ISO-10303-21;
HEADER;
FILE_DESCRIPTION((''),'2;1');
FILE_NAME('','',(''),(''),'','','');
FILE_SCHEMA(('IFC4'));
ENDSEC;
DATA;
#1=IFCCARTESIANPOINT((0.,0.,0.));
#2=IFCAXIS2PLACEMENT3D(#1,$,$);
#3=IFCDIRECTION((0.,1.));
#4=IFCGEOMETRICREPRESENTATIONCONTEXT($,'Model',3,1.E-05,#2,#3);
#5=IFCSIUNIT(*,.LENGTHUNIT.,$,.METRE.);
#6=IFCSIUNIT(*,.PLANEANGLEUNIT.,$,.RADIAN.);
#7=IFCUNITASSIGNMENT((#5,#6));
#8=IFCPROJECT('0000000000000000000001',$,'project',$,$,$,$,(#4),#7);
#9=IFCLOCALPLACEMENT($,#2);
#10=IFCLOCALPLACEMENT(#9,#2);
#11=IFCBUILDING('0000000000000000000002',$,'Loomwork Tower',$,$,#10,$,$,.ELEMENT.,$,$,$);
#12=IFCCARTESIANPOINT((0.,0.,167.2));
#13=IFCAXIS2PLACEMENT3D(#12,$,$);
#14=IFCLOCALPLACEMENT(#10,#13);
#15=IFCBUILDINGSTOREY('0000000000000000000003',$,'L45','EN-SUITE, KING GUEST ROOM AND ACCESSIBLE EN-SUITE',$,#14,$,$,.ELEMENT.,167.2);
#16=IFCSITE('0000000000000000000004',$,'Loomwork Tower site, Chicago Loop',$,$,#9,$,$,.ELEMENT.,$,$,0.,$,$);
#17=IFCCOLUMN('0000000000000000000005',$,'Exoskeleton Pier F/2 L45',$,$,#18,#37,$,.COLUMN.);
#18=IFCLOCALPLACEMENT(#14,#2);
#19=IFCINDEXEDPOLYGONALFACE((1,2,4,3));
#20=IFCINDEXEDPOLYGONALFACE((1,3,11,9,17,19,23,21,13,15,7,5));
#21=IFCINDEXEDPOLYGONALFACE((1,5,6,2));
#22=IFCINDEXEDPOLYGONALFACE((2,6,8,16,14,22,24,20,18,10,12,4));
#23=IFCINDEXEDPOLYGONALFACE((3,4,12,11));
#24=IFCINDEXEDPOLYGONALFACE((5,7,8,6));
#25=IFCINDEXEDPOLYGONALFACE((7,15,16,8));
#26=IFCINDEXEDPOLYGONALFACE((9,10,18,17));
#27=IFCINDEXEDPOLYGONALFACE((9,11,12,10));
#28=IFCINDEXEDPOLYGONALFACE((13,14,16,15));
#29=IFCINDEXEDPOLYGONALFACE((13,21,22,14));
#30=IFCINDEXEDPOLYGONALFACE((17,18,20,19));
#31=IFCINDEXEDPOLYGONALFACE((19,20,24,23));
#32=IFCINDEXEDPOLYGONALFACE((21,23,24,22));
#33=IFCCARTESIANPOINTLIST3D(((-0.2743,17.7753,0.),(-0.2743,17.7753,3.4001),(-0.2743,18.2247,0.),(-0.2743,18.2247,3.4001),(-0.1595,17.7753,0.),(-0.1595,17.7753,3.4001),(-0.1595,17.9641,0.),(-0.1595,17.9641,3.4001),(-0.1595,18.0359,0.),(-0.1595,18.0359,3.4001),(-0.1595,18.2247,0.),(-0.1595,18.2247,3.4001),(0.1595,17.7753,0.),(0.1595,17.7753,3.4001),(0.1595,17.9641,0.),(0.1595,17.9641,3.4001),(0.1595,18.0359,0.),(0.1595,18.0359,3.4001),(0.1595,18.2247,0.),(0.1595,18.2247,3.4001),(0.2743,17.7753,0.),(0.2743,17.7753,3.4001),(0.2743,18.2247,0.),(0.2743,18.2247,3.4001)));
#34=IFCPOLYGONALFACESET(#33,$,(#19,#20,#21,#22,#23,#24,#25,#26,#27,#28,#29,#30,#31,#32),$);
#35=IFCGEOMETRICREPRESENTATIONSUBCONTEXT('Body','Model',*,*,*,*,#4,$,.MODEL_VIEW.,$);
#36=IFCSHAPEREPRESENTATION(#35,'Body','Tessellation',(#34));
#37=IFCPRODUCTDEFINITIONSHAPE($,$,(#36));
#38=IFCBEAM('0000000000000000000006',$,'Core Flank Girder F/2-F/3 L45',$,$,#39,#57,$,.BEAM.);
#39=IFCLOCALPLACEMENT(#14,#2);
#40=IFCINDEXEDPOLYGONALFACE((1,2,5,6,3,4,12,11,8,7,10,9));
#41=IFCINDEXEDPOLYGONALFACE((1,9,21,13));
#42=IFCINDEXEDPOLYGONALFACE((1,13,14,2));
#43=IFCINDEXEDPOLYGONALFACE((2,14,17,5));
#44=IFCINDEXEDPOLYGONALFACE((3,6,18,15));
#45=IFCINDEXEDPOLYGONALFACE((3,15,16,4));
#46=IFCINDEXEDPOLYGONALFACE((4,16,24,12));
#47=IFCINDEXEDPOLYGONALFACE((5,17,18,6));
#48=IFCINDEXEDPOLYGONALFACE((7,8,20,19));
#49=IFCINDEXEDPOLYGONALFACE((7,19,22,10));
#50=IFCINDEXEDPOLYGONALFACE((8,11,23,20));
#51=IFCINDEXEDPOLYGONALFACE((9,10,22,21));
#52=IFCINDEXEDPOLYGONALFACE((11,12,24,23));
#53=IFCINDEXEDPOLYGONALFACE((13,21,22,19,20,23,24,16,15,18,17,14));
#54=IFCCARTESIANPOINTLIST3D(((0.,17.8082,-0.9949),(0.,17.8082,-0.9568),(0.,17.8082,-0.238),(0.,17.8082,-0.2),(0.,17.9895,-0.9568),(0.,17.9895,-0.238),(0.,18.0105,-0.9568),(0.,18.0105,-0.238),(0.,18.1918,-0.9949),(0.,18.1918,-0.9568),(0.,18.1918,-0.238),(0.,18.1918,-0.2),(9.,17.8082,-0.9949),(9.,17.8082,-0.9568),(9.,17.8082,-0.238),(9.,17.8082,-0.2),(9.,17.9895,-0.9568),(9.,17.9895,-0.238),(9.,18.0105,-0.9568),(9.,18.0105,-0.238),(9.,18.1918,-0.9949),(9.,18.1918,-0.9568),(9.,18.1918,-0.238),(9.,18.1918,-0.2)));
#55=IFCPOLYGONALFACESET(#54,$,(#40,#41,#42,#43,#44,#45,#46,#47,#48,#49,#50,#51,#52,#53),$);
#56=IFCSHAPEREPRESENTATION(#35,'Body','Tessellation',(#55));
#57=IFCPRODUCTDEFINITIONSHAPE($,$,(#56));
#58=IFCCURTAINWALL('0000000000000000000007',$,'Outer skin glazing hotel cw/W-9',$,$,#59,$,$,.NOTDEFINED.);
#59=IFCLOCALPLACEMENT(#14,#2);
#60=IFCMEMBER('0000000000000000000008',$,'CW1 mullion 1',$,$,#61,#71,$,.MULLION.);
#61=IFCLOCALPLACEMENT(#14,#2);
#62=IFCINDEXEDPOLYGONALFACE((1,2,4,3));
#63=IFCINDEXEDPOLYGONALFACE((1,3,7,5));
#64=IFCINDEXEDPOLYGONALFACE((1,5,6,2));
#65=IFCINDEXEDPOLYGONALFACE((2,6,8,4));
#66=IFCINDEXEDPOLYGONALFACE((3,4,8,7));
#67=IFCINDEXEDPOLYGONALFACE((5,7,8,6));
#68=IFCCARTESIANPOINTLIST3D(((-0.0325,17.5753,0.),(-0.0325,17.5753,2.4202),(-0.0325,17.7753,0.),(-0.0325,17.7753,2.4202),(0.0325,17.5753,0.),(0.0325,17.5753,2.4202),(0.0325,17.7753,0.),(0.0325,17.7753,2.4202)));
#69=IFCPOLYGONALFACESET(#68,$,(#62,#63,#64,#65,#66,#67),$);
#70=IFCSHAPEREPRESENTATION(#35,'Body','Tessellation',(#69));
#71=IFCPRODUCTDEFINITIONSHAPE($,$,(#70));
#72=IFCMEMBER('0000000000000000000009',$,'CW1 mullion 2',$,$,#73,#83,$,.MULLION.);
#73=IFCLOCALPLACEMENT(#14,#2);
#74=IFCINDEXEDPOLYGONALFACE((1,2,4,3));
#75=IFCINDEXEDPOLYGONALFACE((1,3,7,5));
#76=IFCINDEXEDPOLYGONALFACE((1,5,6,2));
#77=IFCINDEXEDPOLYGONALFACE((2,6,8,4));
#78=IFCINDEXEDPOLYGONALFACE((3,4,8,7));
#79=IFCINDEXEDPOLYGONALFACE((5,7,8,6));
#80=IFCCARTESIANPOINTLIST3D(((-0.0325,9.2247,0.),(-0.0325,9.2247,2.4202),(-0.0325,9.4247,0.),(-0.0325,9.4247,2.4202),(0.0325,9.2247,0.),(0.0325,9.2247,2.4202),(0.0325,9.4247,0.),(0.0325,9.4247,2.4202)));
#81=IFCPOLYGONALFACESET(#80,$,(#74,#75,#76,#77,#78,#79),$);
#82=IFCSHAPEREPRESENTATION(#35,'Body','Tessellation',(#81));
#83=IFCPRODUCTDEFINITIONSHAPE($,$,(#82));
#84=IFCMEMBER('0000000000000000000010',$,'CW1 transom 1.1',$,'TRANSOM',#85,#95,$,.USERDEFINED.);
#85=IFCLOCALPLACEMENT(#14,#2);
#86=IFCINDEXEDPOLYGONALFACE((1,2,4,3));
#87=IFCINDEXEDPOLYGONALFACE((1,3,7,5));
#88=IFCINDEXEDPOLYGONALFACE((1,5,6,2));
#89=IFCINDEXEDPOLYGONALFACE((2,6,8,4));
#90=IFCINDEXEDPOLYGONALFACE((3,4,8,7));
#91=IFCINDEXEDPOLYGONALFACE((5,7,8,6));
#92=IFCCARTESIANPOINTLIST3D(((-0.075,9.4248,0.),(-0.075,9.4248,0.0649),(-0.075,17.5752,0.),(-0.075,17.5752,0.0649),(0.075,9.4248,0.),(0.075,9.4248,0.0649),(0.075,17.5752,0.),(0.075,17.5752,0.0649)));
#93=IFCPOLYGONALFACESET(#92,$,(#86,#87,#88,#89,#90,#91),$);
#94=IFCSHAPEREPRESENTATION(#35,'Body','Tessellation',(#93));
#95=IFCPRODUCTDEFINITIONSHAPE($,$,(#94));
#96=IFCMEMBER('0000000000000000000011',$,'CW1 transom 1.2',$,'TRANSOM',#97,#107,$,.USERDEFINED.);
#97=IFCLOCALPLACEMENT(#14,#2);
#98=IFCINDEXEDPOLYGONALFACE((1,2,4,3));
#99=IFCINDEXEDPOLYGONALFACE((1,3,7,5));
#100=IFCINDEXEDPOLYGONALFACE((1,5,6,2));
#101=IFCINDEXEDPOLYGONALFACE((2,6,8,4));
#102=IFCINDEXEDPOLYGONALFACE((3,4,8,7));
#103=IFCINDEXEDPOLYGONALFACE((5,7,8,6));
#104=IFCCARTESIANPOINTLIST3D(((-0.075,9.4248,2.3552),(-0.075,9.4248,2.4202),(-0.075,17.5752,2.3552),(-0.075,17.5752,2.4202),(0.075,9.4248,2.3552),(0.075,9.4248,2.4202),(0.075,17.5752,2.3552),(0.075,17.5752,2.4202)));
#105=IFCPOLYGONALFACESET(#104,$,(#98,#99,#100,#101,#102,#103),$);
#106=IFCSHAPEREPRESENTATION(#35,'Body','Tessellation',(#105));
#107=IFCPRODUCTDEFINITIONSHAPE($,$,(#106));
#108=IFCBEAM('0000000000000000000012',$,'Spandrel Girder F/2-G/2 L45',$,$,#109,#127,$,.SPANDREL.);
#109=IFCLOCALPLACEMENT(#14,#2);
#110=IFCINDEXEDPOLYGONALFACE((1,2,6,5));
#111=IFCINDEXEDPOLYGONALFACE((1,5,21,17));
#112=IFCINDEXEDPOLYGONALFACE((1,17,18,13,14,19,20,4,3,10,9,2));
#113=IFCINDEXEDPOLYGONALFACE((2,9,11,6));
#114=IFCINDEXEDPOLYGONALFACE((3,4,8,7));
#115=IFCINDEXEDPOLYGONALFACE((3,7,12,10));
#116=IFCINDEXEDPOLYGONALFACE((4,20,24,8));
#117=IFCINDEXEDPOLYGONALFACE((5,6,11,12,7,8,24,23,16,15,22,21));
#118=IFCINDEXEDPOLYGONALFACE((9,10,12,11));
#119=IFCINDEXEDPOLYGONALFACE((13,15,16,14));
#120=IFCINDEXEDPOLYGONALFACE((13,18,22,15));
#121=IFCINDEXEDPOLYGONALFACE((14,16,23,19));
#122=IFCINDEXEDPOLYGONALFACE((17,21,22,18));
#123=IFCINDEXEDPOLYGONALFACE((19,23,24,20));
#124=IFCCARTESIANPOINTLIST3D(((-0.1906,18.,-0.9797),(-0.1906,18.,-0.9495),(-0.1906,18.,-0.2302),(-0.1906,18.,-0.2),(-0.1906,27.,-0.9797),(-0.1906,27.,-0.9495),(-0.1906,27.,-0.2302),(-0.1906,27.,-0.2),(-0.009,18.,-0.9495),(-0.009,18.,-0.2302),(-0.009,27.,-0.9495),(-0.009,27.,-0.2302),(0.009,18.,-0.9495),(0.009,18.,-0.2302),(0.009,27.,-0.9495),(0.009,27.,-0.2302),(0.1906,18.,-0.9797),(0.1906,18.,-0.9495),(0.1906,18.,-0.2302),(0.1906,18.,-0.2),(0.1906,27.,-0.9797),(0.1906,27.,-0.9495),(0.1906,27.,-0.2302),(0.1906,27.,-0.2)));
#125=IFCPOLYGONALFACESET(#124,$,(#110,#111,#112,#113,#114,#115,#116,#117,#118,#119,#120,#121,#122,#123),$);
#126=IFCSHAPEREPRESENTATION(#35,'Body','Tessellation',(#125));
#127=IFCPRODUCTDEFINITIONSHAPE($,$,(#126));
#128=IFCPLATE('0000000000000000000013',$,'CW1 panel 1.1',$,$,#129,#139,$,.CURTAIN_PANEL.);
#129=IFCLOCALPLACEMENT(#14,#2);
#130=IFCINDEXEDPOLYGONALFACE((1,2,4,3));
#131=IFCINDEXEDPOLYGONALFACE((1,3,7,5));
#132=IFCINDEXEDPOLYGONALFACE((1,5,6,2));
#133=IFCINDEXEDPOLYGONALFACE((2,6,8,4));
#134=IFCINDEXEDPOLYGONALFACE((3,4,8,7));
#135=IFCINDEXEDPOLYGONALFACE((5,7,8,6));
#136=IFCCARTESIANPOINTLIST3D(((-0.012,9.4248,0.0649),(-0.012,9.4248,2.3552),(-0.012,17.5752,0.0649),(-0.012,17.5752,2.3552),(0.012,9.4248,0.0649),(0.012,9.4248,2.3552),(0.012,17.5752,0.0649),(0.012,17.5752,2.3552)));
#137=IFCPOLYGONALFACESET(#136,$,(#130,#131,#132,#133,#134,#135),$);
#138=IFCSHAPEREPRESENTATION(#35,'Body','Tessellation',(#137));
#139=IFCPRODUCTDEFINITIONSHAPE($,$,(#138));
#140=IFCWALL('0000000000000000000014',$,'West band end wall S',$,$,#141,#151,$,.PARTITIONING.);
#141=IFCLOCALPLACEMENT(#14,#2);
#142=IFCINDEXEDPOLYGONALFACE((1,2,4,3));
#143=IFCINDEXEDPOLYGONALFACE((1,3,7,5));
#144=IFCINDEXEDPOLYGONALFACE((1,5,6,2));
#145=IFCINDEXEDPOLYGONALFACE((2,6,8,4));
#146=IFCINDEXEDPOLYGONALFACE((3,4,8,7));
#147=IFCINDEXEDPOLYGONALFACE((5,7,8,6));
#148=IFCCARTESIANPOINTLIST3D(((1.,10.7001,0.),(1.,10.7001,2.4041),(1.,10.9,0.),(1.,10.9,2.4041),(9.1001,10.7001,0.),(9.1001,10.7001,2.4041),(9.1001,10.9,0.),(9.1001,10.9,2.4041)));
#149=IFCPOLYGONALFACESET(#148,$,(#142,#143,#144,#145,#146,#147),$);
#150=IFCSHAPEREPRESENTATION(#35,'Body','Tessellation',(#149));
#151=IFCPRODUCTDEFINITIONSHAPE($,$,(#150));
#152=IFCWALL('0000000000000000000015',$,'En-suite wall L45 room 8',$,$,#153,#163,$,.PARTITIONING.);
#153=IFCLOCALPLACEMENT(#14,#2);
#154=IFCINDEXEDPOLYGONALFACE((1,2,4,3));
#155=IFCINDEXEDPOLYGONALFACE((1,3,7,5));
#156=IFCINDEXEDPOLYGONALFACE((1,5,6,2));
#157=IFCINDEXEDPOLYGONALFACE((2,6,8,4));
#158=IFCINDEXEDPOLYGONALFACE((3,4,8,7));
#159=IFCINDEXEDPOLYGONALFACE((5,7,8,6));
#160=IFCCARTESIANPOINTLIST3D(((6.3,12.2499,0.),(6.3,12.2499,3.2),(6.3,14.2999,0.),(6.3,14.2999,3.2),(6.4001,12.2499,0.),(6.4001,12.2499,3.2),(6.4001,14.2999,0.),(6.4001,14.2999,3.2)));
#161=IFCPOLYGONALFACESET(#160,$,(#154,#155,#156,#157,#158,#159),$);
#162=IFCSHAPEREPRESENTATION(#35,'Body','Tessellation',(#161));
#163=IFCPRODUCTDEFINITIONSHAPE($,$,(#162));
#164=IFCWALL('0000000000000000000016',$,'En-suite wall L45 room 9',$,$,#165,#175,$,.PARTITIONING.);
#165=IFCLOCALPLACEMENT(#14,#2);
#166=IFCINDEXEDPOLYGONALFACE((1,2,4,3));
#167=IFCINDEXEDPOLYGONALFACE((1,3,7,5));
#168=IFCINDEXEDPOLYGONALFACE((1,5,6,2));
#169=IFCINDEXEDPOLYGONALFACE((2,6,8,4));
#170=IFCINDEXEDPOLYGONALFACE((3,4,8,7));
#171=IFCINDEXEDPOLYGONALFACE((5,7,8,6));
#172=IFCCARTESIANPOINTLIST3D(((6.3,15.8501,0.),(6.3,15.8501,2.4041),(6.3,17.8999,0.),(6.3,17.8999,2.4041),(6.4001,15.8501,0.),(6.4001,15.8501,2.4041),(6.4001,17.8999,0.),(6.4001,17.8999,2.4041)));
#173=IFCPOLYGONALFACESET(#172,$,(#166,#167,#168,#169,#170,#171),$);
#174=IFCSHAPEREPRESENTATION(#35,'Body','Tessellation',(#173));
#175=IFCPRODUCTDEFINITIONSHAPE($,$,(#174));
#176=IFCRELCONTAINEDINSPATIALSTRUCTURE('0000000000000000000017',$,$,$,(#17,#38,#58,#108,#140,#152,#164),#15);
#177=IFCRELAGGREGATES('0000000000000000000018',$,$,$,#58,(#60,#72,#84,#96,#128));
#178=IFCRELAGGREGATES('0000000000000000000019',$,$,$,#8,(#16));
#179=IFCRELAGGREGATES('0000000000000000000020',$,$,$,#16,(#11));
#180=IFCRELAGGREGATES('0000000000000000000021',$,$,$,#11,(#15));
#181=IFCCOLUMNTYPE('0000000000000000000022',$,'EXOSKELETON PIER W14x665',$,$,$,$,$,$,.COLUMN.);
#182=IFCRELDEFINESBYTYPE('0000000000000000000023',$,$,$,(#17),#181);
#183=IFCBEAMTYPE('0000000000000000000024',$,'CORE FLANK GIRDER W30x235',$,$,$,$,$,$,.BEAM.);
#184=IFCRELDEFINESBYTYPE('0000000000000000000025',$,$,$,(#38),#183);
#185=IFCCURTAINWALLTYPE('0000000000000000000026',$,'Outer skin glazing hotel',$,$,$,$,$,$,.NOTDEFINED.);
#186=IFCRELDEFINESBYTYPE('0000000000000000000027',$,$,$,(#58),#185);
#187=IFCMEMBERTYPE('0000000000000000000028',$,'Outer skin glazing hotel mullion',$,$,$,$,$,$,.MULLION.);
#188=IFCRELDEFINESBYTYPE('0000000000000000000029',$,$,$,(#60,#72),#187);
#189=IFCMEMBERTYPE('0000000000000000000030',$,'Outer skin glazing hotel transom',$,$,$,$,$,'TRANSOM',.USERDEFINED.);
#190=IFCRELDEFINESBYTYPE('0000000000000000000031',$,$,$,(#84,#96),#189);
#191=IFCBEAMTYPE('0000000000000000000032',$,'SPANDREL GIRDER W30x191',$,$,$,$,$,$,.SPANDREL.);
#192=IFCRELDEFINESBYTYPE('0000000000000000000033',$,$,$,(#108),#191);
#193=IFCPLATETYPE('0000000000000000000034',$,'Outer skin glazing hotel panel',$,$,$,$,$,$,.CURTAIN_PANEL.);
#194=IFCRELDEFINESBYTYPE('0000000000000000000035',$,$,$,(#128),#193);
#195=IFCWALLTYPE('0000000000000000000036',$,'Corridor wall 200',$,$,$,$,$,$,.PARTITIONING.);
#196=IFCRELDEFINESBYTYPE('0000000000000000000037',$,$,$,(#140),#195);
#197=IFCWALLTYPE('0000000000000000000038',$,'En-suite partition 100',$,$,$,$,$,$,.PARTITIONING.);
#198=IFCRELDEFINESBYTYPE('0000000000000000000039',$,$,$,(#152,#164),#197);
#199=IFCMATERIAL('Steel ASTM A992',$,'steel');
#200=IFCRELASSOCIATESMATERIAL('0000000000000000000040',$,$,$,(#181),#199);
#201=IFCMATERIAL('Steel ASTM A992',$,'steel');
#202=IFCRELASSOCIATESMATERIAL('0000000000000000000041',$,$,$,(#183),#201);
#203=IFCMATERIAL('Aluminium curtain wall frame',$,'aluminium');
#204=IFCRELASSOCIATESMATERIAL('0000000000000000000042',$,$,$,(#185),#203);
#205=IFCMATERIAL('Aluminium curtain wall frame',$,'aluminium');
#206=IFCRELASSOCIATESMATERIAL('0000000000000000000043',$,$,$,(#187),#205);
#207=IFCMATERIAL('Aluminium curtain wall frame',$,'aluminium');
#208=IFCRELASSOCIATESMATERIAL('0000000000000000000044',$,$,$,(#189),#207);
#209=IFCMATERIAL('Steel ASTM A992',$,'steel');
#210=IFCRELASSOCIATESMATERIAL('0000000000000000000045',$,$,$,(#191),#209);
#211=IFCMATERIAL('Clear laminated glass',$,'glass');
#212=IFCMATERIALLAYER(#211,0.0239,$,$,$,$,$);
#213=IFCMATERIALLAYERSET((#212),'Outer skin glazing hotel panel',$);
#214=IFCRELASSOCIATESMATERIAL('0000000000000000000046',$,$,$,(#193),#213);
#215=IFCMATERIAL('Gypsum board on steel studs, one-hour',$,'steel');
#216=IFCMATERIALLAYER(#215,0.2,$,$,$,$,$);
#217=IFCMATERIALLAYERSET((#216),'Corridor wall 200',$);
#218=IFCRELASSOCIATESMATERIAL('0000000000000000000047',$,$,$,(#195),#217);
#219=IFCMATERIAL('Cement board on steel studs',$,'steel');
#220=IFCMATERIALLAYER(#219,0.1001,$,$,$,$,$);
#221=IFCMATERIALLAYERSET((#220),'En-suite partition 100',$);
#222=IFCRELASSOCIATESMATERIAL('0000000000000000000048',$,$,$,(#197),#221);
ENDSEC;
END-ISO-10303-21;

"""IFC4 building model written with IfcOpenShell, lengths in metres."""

from ifc_helpers import new_model, si_unit, direction, frame, frame_2d, origin, origin_2d, place, context, subcontext, project, spatial, rectangle, i_section, extrude, material, layer, layer_set, material_profile, profile_set, type_object, element, aggregate, save


model = new_model("IFC4")

# Units and contexts
model_context = context("Model", 3, precision=1e-05, world=origin(), true_north=direction((0.0, 1.0)))
body_context = subcontext(model_context, "Body", "Model", "MODEL_VIEW")
ifc_project = project(units=[si_unit("LENGTHUNIT", "METRE"), si_unit("PLANEANGLEUNIT", "RADIAN")], contexts=[model_context])

# Site, building, storey
site_placement = place(None, origin())
site = spatial("IfcSite", under=ifc_project, at=site_placement, Name="Loomwork Tower site, Chicago Loop", CompositionType="ELEMENT", RefElevation=0.0)
building_placement = place(site_placement, origin())
building = spatial("IfcBuilding", under=site, at=building_placement, Name="Loomwork Tower", CompositionType="ELEMENT")
storey_placement = place(building_placement, frame((0.0, 0.0, 167.2)))
storey = spatial("IfcBuildingStorey", under=building, at=storey_placement, Name="L45", Description="EN-SUITE, KING GUEST ROOM AND ACCESSIBLE EN-SUITE", CompositionType="ELEMENT", Elevation=167.2)

# Column
ifc_material_1 = material(Name="Steel ASTM A992", Category="steel")
ifc_material_profile_1 = material_profile(ifc_material_1, i_section(OverallWidth=0.4495, OverallDepth=0.5486, WebThickness=0.0718, FlangeThickness=0.1147, at=origin_2d()), Name="W14x665")
ifc_profile_set_1 = profile_set([ifc_material_profile_1], Name="Steel ASTM A992")
column_type = type_object("IfcColumnType", Name="EXOSKELETON PIER W14x665", PredefinedType="COLUMN", material=ifc_profile_set_1)
column_placement = place(storey_placement, frame((0.0, 18.0, 0.0), z_axis=(0.0, 0.0, 1.0), x_axis=(0.0, 1.0, 0.0)))
element("IfcColumn", 1, at=column_placement, inside=storey, type_object=column_type, Name="Exoskeleton Pier F/2 L45", PredefinedType="COLUMN", context=body_context, shape_type="SweptSolid", body=[
    extrude(i_section(OverallWidth=0.4495, OverallDepth=0.5486, WebThickness=0.0718, FlangeThickness=0.1147, at=origin_2d()), origin(), (0.0, 0.0, 1.0), 3.4001),
])

# Beam
ifc_material_2 = material(Name="Steel ASTM A992", Category="steel")
ifc_material_profile_2 = material_profile(ifc_material_2, i_section(OverallWidth=0.3835, OverallDepth=0.7949, WebThickness=0.021, FlangeThickness=0.0381, at=origin_2d()), Name="W30x235")
ifc_profile_set_2 = profile_set([ifc_material_profile_2], Name="Steel ASTM A992")
beam_type_1 = type_object("IfcBeamType", Name="CORE FLANK GIRDER W30x235", PredefinedType="BEAM", material=ifc_profile_set_2)
beam_1_placement = place(storey_placement, frame((0.0, 18.0, -0.5974), z_axis=(1.0, 0.0, 0.0), x_axis=(0.0, 1.0, 0.0)))
element("IfcBeam", 2, at=beam_1_placement, inside=storey, type_object=beam_type_1, Name="Core Flank Girder F/2-F/3 L45", PredefinedType="BEAM", context=body_context, shape_type="SweptSolid", body=[
    extrude(i_section(OverallWidth=0.3835, OverallDepth=0.7949, WebThickness=0.021, FlangeThickness=0.0381, at=origin_2d()), origin(), (0.0, 0.0, 1.0), 9.0),
])

# Curtain wall, members
ifc_material_3 = material(Name="Aluminium curtain wall frame", Category="aluminium")
curtain_wall_type = type_object("IfcCurtainWallType", Name="Outer skin glazing hotel", PredefinedType="NOTDEFINED", material=ifc_material_3)
curtain_wall_placement = place(storey_placement, origin())
curtain_wall = element("IfcCurtainWall", 3, at=curtain_wall_placement, inside=storey, type_object=curtain_wall_type, Name="Outer skin glazing hotel cw/W-9", PredefinedType="NOTDEFINED")
ifc_material_4 = material(Name="Aluminium curtain wall frame", Category="aluminium")
ifc_material_profile_3 = material_profile(ifc_material_4, rectangle(XDim=0.0649, YDim=0.2, at=origin_2d()), Name="AL 65x200")
ifc_profile_set_3 = profile_set([ifc_material_profile_3], Name="Aluminium curtain wall frame")
member_type_1 = type_object("IfcMemberType", Name="Outer skin glazing hotel mullion", PredefinedType="MULLION", material=ifc_profile_set_3)
member_1_placement = place(storey_placement, frame((0.0, 17.6753, 0.0), z_axis=(0.0, 0.0, 1.0), x_axis=(1.0, 0.0, 0.0)))
member_1 = element("IfcMember", 4, at=member_1_placement, type_object=member_type_1, Name="CW1 mullion 1", PredefinedType="MULLION", context=body_context, shape_type="SweptSolid", body=[
    extrude(rectangle(XDim=0.0649, YDim=0.2, at=origin_2d()), origin(), (0.0, 0.0, 1.0), 2.4202),
])
member_2_placement = place(storey_placement, frame((0.0, 9.3247, 0.0), z_axis=(0.0, 0.0, 1.0), x_axis=(1.0, 0.0, 0.0)))
member_2 = element("IfcMember", 5, at=member_2_placement, type_object=member_type_1, Name="CW1 mullion 2", PredefinedType="MULLION", context=body_context, shape_type="SweptSolid", body=[
    extrude(rectangle(XDim=0.0649, YDim=0.2, at=origin_2d()), origin(), (0.0, 0.0, 1.0), 2.4202),
])
ifc_material_5 = material(Name="Aluminium curtain wall frame", Category="aluminium")
ifc_material_profile_4 = material_profile(ifc_material_5, rectangle(XDim=0.1499, YDim=0.0649, at=origin_2d()), Name="AL 65x150")
ifc_profile_set_4 = profile_set([ifc_material_profile_4], Name="Aluminium curtain wall frame")
member_type_2 = type_object("IfcMemberType", Name="Outer skin glazing hotel transom", ElementType="TRANSOM", PredefinedType="USERDEFINED", material=ifc_profile_set_4)
member_3_placement = place(storey_placement, frame((0.0, 17.5752, 0.0325), z_axis=(0.0, -1.0, 0.0), x_axis=(1.0, 0.0, 0.0)))
member_3 = element("IfcMember", 6, at=member_3_placement, type_object=member_type_2, Name="CW1 transom 1.1", ObjectType="TRANSOM", PredefinedType="USERDEFINED", context=body_context, shape_type="SweptSolid", body=[
    extrude(rectangle(XDim=0.1499, YDim=0.0649, at=origin_2d()), origin(), (0.0, 0.0, 1.0), 8.1504),
])
member_4_placement = place(storey_placement, frame((0.0, 17.5752, 2.3877), z_axis=(0.0, -1.0, 0.0), x_axis=(1.0, 0.0, 0.0)))
member_4 = element("IfcMember", 7, at=member_4_placement, type_object=member_type_2, Name="CW1 transom 1.2", ObjectType="TRANSOM", PredefinedType="USERDEFINED", context=body_context, shape_type="SweptSolid", body=[
    extrude(rectangle(XDim=0.1499, YDim=0.0649, at=origin_2d()), origin(), (0.0, 0.0, 1.0), 8.1504),
])

# Beam
ifc_material_6 = material(Name="Steel ASTM A992", Category="steel")
ifc_material_profile_5 = material_profile(ifc_material_6, i_section(OverallWidth=0.3811, OverallDepth=0.7798, WebThickness=0.0181, FlangeThickness=0.0303, at=origin_2d()), Name="W30x191")
ifc_profile_set_5 = profile_set([ifc_material_profile_5], Name="Steel ASTM A992")
beam_type_2 = type_object("IfcBeamType", Name="SPANDREL GIRDER W30x191", PredefinedType="SPANDREL", material=ifc_profile_set_5)
beam_2_placement = place(storey_placement, frame((0.0, 18.0, -0.5898), z_axis=(0.0, 1.0, 0.0), x_axis=(-1.0, 0.0, 0.0)))
element("IfcBeam", 8, at=beam_2_placement, inside=storey, type_object=beam_type_2, Name="Spandrel Girder F/2-G/2 L45", PredefinedType="SPANDREL", context=body_context, shape_type="SweptSolid", body=[
    extrude(i_section(OverallWidth=0.3811, OverallDepth=0.7798, WebThickness=0.0181, FlangeThickness=0.0303, at=origin_2d()), origin(), (0.0, 0.0, 1.0), 9.0),
])

# Plate
ifc_material_7 = material(Name="Clear laminated glass", Category="glass")
ifc_layer_1 = layer(ifc_material_7, 0.0239)
ifc_layer_set_1 = layer_set([ifc_layer_1], Name="Outer skin glazing hotel panel")
plate_type = type_object("IfcPlateType", Name="Outer skin glazing hotel panel", PredefinedType="CURTAIN_PANEL", material=ifc_layer_set_1)
plate_placement = place(storey_placement, frame((0.0, 13.5, 0.0649), z_axis=(0.0, 0.0, 1.0), x_axis=(0.0, -1.0, 0.0)))
plate = element("IfcPlate", 9, at=plate_placement, type_object=plate_type, Name="CW1 panel 1.1", PredefinedType="CURTAIN_PANEL", context=body_context, shape_type="SweptSolid", body=[
    extrude(rectangle(XDim=8.1504, YDim=0.0239, at=origin_2d()), origin(), (0.0, 0.0, 1.0), 2.2903),
])
aggregate(curtain_wall, [member_1, member_2, member_3, member_4, plate])

# Walls
ifc_material_8 = material(Name="Gypsum board on steel studs, one-hour", Category="steel")
ifc_layer_2 = layer(ifc_material_8, 0.2)
ifc_layer_set_2 = layer_set([ifc_layer_2], Name="Corridor wall 200")
wall_type_1 = type_object("IfcWallType", Name="Corridor wall 200", PredefinedType="PARTITIONING", material=ifc_layer_set_2)
wall_1_placement = place(storey_placement, frame((1.0, 10.8, 0.0), z_axis=(0.0, 0.0, 1.0), x_axis=(1.0, 0.0, 0.0)))
element("IfcWall", 10, at=wall_1_placement, inside=storey, type_object=wall_type_1, Name="West band end wall S", PredefinedType="PARTITIONING", context=body_context, shape_type="SweptSolid", body=[
    extrude(rectangle(XDim=8.1001, YDim=0.2, at=frame_2d((4.05, 0.0))), origin(), (0.0, 0.0, 1.0), 2.4041),
])
ifc_material_9 = material(Name="Cement board on steel studs", Category="steel")
ifc_layer_3 = layer(ifc_material_9, 0.1001)
ifc_layer_set_3 = layer_set([ifc_layer_3], Name="En-suite partition 100")
wall_type_2 = type_object("IfcWallType", Name="En-suite partition 100", PredefinedType="PARTITIONING", material=ifc_layer_set_3)
wall_2_placement = place(storey_placement, frame((6.3501, 12.25, 0.0), z_axis=(0.0, 0.0, 1.0), x_axis=(0.0, 1.0, 0.0)))
element("IfcWall", 11, at=wall_2_placement, inside=storey, type_object=wall_type_2, Name="En-suite wall L45 room 8", PredefinedType="PARTITIONING", context=body_context, shape_type="SweptSolid", body=[
    extrude(rectangle(XDim=2.05, YDim=0.1001, at=frame_2d((1.0249, 0.0))), origin(), (0.0, 0.0, 1.0), 3.2),
])
wall_3_placement = place(storey_placement, frame((6.3501, 15.8501, 0.0), z_axis=(0.0, 0.0, 1.0), x_axis=(0.0, 1.0, 0.0)))
element("IfcWall", 12, at=wall_3_placement, inside=storey, type_object=wall_type_2, Name="En-suite wall L45 room 9", PredefinedType="PARTITIONING", context=body_context, shape_type="SweptSolid", body=[
    extrude(rectangle(XDim=2.0498, YDim=0.1001, at=frame_2d((1.0249, 0.0))), origin(), (0.0, 0.0, 1.0), 2.4041),
])

save(model, "model.ifc")
